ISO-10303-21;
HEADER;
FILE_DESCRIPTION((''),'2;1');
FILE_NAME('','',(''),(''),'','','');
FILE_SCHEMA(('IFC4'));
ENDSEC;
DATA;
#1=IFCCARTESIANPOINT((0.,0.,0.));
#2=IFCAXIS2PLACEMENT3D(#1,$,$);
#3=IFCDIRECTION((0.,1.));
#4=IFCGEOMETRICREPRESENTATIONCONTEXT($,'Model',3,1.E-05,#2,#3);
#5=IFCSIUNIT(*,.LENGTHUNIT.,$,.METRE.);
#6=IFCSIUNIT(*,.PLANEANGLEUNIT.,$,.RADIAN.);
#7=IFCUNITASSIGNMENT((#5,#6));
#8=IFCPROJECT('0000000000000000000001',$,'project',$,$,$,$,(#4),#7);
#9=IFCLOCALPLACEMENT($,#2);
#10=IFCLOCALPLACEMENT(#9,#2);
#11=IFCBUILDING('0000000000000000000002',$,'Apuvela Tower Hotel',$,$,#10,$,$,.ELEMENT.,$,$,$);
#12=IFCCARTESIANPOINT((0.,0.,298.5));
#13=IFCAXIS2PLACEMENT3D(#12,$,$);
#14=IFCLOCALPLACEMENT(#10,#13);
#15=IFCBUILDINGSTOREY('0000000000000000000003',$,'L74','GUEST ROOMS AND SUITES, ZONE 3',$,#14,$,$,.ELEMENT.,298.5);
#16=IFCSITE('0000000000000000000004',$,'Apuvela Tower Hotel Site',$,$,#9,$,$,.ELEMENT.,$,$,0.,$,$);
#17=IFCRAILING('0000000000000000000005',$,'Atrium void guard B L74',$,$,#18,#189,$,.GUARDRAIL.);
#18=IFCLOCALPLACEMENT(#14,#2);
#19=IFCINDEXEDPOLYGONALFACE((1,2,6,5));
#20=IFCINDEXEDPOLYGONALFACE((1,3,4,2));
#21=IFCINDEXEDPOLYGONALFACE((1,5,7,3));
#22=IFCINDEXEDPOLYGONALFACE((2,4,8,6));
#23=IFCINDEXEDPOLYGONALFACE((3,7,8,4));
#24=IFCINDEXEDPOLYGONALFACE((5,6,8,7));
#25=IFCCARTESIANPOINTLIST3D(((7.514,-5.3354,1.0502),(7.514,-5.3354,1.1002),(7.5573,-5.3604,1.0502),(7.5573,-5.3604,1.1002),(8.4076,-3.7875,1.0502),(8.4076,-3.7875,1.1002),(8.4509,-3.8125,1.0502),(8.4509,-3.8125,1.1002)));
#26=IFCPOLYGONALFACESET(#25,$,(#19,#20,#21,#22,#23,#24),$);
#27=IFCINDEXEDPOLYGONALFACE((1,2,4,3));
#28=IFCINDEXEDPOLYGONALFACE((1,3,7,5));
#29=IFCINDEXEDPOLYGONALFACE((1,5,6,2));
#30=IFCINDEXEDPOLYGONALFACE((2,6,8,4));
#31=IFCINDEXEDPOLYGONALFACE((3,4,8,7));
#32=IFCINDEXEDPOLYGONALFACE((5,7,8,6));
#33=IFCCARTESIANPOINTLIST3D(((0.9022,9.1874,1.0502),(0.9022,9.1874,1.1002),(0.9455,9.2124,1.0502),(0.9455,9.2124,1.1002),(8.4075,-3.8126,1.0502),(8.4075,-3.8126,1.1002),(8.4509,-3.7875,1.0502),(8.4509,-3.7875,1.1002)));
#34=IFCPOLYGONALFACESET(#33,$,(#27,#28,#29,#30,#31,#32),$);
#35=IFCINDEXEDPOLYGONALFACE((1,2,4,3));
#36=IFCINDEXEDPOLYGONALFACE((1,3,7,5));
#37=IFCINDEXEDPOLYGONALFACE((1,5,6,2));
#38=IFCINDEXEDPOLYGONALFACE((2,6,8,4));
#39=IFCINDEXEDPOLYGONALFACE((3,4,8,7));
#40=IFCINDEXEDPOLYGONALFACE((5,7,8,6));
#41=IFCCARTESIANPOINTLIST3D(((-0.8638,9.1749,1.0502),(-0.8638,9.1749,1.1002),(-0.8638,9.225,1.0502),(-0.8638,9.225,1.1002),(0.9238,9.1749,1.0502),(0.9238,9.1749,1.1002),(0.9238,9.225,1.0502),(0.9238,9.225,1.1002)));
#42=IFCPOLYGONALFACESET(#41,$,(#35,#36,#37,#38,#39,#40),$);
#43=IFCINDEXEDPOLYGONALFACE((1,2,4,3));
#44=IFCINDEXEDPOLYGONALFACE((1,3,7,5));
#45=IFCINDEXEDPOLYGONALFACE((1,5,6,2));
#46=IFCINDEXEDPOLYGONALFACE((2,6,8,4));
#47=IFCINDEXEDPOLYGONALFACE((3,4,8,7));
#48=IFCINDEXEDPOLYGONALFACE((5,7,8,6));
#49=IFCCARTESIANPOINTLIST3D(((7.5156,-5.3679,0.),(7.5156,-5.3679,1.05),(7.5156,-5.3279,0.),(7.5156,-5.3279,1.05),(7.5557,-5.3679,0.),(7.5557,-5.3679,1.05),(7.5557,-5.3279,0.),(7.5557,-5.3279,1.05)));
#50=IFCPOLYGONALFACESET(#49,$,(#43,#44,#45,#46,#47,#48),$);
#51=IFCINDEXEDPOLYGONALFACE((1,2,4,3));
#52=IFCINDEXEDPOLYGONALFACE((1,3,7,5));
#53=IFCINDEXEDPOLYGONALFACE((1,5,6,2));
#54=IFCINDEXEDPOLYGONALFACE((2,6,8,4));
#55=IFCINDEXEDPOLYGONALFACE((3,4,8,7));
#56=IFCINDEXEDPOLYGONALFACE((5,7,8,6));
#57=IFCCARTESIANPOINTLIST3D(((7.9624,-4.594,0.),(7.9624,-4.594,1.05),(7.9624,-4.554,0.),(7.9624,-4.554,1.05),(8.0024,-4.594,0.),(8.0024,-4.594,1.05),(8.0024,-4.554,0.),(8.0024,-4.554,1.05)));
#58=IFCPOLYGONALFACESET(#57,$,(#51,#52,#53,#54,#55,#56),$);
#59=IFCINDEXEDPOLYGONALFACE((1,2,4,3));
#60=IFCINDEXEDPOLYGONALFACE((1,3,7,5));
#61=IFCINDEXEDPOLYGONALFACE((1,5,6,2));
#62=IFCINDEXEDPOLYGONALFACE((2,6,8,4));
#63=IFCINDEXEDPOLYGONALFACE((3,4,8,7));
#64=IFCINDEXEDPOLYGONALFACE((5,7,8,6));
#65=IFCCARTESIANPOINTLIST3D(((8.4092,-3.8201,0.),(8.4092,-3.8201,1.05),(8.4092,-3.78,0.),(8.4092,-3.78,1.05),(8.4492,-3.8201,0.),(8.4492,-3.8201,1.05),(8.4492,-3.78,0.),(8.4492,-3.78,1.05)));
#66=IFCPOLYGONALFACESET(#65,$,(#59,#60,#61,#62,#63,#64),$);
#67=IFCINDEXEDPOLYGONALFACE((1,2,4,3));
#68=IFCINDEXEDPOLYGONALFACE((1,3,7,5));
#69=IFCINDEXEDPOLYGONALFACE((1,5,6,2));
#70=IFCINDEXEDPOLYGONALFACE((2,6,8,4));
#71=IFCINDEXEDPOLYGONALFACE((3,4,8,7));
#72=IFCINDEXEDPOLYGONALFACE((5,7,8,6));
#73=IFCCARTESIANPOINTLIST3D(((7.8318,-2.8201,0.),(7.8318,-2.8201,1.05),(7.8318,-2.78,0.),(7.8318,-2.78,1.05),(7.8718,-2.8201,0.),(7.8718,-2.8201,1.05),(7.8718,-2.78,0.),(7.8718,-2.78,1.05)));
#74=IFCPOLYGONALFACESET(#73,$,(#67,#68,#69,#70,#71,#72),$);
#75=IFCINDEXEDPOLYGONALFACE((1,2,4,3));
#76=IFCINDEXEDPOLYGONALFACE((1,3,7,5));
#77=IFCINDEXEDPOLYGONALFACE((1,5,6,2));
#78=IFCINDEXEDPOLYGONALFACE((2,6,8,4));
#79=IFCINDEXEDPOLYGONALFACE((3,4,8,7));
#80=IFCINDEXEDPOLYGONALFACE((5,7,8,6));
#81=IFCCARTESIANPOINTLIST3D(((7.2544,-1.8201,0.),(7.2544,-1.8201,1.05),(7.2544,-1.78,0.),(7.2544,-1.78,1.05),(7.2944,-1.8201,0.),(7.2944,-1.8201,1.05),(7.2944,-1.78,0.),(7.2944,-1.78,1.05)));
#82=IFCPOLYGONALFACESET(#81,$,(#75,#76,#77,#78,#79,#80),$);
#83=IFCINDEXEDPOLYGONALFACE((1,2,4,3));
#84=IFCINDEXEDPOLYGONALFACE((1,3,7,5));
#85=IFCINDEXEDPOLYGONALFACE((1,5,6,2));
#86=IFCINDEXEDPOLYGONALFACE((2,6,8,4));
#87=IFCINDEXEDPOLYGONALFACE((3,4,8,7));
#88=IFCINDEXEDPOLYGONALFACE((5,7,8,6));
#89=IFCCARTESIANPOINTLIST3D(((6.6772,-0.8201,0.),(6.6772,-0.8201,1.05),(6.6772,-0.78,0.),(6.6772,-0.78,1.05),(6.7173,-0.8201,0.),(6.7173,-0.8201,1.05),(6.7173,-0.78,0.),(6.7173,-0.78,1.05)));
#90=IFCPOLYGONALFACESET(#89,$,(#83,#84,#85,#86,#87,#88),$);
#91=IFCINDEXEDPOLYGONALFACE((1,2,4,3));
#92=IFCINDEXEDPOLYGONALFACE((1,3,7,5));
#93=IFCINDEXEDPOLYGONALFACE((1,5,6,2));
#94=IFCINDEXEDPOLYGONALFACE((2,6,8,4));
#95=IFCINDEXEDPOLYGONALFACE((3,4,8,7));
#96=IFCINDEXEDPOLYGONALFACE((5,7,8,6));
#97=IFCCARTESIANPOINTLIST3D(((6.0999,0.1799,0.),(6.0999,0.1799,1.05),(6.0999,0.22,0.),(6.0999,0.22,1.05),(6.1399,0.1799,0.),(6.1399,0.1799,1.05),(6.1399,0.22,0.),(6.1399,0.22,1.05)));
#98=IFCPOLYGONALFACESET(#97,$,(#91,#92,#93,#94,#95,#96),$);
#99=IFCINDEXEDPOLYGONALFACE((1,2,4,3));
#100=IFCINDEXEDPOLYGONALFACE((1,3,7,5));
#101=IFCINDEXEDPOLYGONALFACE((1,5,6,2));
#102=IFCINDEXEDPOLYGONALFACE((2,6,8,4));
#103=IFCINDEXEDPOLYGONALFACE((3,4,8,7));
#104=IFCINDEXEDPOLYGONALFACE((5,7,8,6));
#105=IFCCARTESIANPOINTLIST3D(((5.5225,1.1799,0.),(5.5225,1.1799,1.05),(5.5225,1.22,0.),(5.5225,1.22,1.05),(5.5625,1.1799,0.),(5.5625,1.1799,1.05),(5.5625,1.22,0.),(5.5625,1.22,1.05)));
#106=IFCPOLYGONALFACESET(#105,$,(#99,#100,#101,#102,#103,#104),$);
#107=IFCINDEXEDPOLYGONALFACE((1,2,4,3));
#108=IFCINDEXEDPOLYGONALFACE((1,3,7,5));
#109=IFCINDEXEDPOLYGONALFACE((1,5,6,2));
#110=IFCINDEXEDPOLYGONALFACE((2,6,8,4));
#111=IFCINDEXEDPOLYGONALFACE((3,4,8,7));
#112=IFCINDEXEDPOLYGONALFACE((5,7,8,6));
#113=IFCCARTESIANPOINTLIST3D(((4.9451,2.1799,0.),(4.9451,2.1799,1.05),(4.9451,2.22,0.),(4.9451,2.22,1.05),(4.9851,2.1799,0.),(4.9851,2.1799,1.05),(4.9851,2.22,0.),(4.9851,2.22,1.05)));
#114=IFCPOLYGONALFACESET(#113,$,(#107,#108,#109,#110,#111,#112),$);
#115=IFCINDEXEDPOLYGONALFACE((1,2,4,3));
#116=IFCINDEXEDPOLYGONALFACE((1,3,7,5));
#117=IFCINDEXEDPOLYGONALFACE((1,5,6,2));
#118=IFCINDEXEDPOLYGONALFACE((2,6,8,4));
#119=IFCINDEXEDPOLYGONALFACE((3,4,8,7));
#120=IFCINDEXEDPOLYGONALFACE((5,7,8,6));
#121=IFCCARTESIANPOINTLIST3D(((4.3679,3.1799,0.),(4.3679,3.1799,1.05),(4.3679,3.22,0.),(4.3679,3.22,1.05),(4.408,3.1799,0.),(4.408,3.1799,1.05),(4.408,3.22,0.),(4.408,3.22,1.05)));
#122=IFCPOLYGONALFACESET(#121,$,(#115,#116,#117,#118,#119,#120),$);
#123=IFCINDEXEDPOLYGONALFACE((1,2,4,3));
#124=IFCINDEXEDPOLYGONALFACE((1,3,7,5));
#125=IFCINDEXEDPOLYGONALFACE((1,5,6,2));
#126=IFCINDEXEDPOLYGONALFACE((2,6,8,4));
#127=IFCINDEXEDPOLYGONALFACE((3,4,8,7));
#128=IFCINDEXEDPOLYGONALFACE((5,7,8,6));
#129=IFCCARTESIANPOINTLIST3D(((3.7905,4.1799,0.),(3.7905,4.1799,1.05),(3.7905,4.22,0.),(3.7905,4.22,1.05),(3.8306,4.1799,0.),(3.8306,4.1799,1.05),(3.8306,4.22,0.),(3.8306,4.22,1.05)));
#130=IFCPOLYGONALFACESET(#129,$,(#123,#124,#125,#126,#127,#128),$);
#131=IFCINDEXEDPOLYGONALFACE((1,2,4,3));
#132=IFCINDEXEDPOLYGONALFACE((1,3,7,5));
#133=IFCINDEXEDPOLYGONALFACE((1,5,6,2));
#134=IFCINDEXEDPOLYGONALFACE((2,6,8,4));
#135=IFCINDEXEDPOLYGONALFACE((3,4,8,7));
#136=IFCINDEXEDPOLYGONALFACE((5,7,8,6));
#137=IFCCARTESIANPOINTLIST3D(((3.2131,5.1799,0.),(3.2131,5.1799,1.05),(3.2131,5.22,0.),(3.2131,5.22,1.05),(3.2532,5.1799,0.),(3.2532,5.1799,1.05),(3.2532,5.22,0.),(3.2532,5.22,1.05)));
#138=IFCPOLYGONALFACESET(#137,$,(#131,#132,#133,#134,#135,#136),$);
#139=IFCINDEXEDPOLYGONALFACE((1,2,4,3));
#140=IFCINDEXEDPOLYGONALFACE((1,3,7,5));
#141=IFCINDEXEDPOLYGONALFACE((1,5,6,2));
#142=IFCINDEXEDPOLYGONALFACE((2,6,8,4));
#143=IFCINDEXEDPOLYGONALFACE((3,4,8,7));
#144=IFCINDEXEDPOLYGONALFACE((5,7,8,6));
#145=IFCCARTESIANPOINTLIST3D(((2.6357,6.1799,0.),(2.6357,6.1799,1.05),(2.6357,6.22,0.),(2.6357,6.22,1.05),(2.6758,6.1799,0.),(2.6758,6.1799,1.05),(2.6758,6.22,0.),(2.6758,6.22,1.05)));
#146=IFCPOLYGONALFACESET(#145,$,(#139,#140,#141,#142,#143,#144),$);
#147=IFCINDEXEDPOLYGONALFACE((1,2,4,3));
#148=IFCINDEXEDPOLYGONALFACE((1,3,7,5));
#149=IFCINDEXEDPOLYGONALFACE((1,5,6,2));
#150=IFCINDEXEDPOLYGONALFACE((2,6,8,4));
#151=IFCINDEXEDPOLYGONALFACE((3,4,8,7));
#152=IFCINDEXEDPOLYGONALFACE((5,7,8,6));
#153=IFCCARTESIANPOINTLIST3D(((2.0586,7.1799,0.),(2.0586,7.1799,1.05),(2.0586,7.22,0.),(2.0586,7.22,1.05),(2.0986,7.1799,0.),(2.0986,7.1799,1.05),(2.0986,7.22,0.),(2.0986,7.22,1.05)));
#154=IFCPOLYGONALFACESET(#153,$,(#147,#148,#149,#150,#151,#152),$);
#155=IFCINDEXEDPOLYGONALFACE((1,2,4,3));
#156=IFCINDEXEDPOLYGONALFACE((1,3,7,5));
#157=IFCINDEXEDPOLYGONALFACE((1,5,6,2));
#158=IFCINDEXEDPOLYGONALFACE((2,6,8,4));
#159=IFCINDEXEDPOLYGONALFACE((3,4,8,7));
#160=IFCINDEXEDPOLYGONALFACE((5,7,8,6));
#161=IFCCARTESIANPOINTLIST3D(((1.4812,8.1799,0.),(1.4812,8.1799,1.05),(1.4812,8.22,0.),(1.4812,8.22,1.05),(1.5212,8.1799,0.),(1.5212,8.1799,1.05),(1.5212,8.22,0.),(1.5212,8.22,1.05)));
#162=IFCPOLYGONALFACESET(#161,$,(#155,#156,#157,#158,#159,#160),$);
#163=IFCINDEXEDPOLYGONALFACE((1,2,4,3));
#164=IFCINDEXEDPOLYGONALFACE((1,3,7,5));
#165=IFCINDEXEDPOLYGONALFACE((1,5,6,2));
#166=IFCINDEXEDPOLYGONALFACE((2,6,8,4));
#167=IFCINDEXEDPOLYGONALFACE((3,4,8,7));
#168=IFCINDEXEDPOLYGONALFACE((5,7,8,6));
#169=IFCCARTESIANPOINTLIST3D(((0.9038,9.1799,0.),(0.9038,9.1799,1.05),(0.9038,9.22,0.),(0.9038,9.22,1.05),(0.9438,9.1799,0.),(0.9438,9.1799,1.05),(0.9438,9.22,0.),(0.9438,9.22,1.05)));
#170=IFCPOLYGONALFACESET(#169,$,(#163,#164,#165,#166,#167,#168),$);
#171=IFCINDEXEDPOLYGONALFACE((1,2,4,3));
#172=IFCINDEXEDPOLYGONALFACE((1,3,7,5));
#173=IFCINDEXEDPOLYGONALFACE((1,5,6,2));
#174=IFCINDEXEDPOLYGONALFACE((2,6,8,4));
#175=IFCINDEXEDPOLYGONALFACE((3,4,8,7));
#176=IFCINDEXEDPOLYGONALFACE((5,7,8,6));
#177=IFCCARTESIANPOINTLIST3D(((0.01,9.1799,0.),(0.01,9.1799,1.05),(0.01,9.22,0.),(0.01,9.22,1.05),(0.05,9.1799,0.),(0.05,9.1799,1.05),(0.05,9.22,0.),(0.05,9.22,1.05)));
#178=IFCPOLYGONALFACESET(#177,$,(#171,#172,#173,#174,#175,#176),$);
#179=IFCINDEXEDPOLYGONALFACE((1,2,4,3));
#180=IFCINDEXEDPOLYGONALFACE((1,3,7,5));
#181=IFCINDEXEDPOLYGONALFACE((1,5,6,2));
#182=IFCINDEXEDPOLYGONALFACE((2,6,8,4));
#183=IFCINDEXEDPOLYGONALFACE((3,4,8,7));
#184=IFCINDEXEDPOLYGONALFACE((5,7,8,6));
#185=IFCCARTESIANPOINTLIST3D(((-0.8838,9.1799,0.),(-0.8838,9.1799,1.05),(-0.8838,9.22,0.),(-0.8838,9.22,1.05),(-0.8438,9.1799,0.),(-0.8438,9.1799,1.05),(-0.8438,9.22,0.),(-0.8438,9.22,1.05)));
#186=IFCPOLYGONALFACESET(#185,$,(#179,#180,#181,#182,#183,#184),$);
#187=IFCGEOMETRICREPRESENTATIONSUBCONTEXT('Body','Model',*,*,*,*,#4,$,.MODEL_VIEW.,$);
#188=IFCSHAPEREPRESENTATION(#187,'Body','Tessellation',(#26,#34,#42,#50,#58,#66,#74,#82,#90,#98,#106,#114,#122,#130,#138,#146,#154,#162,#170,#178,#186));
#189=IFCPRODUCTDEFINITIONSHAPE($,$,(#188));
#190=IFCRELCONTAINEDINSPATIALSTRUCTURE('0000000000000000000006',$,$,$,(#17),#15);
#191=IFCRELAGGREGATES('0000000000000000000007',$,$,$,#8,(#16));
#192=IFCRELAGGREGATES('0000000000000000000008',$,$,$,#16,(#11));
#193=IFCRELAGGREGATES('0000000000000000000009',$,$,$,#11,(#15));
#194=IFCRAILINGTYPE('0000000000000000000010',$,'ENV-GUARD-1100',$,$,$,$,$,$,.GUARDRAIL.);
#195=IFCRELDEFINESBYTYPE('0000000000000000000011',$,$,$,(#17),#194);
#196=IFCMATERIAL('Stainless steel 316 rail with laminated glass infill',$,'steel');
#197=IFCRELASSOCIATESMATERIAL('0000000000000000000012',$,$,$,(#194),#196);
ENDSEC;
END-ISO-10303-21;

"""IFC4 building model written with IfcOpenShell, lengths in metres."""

from ifc_helpers import new_model, si_unit, direction, frame, origin, origin_2d, place, context, subcontext, project, spatial, rectangle, extrude, material, type_object, element, save


model = new_model("IFC4")

# Units and contexts
model_context = context("Model", 3, precision=1e-05, world=origin(), true_north=direction((0.0, 1.0)))
body_context = subcontext(model_context, "Body", "Model", "MODEL_VIEW")
ifc_project = project(units=[si_unit("LENGTHUNIT", "METRE"), si_unit("PLANEANGLEUNIT", "RADIAN")], contexts=[model_context])

# Site, building, storey
site_placement = place(None, origin())
site = spatial("IfcSite", under=ifc_project, at=site_placement, Name="Apuvela Tower Hotel Site", CompositionType="ELEMENT", RefElevation=0.0)
building_placement = place(site_placement, origin())
building = spatial("IfcBuilding", under=site, at=building_placement, Name="Apuvela Tower Hotel", CompositionType="ELEMENT")
storey_placement = place(building_placement, frame((0.0, 0.0, 298.5)))
storey = spatial("IfcBuildingStorey", under=building, at=storey_placement, Name="L74", Description="GUEST ROOMS AND SUITES, ZONE 3", CompositionType="ELEMENT", Elevation=298.5)

# Railing
ifc_material_1 = material(Name="Stainless steel 316 rail with laminated glass infill", Category="steel")
railing_type_1 = type_object("IfcRailingType", Name="ENV-GUARD-1100", PredefinedType="GUARDRAIL", material=ifc_material_1)
railing_1_placement = place(storey_placement, frame((7.5356, -5.3479, 0.0)))
element("IfcRailing", 1, at=railing_1_placement, inside=storey, type_object=railing_type_1, Name="Atrium void guard B L74", PredefinedType="GUARDRAIL", context=body_context, shape_type="SweptSolid", body=[
    extrude(rectangle(XDim=0.05, YDim=0.05, at=origin_2d()), frame((0.0, 0.0, 1.0752), z_axis=(0.499959, 0.866049, 0.0), x_axis=(-0.866049, 0.499959, 0.0)), (0.0, 0.0, 1.0), 1.7874),
    extrude(rectangle(XDim=0.05, YDim=0.05, at=origin_2d()), frame((0.8936, 1.5479, 1.0752), z_axis=(-0.499991, 0.866031, 0.0), x_axis=(-0.866031, -0.499991, 0.0)), (0.0, 0.0, 1.0), 15.011),
    extrude(rectangle(XDim=0.05, YDim=0.05, at=origin_2d()), frame((-6.6118, 14.5479, 1.0752), z_axis=(-1.0, 0.0, 0.0), x_axis=(0.0, -1.0, 0.0)), (0.0, 0.0, 1.0), 1.7876),
    extrude(rectangle(XDim=0.04, YDim=0.04, at=origin_2d()), origin(), (0.0, 0.0, 1.0), 1.05),
    extrude(rectangle(XDim=0.04, YDim=0.04, at=origin_2d()), frame((0.4468, 0.7739, 0.0)), (0.0, 0.0, 1.0), 1.05),
    extrude(rectangle(XDim=0.04, YDim=0.04, at=origin_2d()), frame((0.8936, 1.5479, 0.0)), (0.0, 0.0, 1.0), 1.05),
    extrude(rectangle(XDim=0.04, YDim=0.04, at=origin_2d()), frame((0.3162, 2.5479, 0.0)), (0.0, 0.0, 1.0), 1.05),
    extrude(rectangle(XDim=0.04, YDim=0.04, at=origin_2d()), frame((-0.2612, 3.5479, 0.0)), (0.0, 0.0, 1.0), 1.05),
    extrude(rectangle(XDim=0.04, YDim=0.04, at=origin_2d()), frame((-0.8384, 4.5479, 0.0)), (0.0, 0.0, 1.0), 1.05),
    extrude(rectangle(XDim=0.04, YDim=0.04, at=origin_2d()), frame((-1.4158, 5.5479, 0.0)), (0.0, 0.0, 1.0), 1.05),
    extrude(rectangle(XDim=0.04, YDim=0.04, at=origin_2d()), frame((-1.9932, 6.5479, 0.0)), (0.0, 0.0, 1.0), 1.05),
    extrude(rectangle(XDim=0.04, YDim=0.04, at=origin_2d()), frame((-2.5706, 7.5479, 0.0)), (0.0, 0.0, 1.0), 1.05),
    extrude(rectangle(XDim=0.04, YDim=0.04, at=origin_2d()), frame((-3.1477, 8.5479, 0.0)), (0.0, 0.0, 1.0), 1.05),
    extrude(rectangle(XDim=0.04, YDim=0.04, at=origin_2d()), frame((-3.7251, 9.5479, 0.0)), (0.0, 0.0, 1.0), 1.05),
    extrude(rectangle(XDim=0.04, YDim=0.04, at=origin_2d()), frame((-4.3025, 10.5479, 0.0)), (0.0, 0.0, 1.0), 1.05),
    extrude(rectangle(XDim=0.04, YDim=0.04, at=origin_2d()), frame((-4.8799, 11.5479, 0.0)), (0.0, 0.0, 1.0), 1.05),
    extrude(rectangle(XDim=0.04, YDim=0.04, at=origin_2d()), frame((-5.457, 12.5479, 0.0)), (0.0, 0.0, 1.0), 1.05),
    extrude(rectangle(XDim=0.04, YDim=0.04, at=origin_2d()), frame((-6.0344, 13.5479, 0.0)), (0.0, 0.0, 1.0), 1.05),
    extrude(rectangle(XDim=0.04, YDim=0.04, at=origin_2d()), frame((-6.6118, 14.5479, 0.0)), (0.0, 0.0, 1.0), 1.05),
    extrude(rectangle(XDim=0.04, YDim=0.04, at=origin_2d()), frame((-7.5056, 14.5479, 0.0)), (0.0, 0.0, 1.0), 1.05),
    extrude(rectangle(XDim=0.04, YDim=0.04, at=origin_2d()), frame((-8.3994, 14.5479, 0.0)), (0.0, 0.0, 1.0), 1.05),
])

save(model, "model.ifc")
